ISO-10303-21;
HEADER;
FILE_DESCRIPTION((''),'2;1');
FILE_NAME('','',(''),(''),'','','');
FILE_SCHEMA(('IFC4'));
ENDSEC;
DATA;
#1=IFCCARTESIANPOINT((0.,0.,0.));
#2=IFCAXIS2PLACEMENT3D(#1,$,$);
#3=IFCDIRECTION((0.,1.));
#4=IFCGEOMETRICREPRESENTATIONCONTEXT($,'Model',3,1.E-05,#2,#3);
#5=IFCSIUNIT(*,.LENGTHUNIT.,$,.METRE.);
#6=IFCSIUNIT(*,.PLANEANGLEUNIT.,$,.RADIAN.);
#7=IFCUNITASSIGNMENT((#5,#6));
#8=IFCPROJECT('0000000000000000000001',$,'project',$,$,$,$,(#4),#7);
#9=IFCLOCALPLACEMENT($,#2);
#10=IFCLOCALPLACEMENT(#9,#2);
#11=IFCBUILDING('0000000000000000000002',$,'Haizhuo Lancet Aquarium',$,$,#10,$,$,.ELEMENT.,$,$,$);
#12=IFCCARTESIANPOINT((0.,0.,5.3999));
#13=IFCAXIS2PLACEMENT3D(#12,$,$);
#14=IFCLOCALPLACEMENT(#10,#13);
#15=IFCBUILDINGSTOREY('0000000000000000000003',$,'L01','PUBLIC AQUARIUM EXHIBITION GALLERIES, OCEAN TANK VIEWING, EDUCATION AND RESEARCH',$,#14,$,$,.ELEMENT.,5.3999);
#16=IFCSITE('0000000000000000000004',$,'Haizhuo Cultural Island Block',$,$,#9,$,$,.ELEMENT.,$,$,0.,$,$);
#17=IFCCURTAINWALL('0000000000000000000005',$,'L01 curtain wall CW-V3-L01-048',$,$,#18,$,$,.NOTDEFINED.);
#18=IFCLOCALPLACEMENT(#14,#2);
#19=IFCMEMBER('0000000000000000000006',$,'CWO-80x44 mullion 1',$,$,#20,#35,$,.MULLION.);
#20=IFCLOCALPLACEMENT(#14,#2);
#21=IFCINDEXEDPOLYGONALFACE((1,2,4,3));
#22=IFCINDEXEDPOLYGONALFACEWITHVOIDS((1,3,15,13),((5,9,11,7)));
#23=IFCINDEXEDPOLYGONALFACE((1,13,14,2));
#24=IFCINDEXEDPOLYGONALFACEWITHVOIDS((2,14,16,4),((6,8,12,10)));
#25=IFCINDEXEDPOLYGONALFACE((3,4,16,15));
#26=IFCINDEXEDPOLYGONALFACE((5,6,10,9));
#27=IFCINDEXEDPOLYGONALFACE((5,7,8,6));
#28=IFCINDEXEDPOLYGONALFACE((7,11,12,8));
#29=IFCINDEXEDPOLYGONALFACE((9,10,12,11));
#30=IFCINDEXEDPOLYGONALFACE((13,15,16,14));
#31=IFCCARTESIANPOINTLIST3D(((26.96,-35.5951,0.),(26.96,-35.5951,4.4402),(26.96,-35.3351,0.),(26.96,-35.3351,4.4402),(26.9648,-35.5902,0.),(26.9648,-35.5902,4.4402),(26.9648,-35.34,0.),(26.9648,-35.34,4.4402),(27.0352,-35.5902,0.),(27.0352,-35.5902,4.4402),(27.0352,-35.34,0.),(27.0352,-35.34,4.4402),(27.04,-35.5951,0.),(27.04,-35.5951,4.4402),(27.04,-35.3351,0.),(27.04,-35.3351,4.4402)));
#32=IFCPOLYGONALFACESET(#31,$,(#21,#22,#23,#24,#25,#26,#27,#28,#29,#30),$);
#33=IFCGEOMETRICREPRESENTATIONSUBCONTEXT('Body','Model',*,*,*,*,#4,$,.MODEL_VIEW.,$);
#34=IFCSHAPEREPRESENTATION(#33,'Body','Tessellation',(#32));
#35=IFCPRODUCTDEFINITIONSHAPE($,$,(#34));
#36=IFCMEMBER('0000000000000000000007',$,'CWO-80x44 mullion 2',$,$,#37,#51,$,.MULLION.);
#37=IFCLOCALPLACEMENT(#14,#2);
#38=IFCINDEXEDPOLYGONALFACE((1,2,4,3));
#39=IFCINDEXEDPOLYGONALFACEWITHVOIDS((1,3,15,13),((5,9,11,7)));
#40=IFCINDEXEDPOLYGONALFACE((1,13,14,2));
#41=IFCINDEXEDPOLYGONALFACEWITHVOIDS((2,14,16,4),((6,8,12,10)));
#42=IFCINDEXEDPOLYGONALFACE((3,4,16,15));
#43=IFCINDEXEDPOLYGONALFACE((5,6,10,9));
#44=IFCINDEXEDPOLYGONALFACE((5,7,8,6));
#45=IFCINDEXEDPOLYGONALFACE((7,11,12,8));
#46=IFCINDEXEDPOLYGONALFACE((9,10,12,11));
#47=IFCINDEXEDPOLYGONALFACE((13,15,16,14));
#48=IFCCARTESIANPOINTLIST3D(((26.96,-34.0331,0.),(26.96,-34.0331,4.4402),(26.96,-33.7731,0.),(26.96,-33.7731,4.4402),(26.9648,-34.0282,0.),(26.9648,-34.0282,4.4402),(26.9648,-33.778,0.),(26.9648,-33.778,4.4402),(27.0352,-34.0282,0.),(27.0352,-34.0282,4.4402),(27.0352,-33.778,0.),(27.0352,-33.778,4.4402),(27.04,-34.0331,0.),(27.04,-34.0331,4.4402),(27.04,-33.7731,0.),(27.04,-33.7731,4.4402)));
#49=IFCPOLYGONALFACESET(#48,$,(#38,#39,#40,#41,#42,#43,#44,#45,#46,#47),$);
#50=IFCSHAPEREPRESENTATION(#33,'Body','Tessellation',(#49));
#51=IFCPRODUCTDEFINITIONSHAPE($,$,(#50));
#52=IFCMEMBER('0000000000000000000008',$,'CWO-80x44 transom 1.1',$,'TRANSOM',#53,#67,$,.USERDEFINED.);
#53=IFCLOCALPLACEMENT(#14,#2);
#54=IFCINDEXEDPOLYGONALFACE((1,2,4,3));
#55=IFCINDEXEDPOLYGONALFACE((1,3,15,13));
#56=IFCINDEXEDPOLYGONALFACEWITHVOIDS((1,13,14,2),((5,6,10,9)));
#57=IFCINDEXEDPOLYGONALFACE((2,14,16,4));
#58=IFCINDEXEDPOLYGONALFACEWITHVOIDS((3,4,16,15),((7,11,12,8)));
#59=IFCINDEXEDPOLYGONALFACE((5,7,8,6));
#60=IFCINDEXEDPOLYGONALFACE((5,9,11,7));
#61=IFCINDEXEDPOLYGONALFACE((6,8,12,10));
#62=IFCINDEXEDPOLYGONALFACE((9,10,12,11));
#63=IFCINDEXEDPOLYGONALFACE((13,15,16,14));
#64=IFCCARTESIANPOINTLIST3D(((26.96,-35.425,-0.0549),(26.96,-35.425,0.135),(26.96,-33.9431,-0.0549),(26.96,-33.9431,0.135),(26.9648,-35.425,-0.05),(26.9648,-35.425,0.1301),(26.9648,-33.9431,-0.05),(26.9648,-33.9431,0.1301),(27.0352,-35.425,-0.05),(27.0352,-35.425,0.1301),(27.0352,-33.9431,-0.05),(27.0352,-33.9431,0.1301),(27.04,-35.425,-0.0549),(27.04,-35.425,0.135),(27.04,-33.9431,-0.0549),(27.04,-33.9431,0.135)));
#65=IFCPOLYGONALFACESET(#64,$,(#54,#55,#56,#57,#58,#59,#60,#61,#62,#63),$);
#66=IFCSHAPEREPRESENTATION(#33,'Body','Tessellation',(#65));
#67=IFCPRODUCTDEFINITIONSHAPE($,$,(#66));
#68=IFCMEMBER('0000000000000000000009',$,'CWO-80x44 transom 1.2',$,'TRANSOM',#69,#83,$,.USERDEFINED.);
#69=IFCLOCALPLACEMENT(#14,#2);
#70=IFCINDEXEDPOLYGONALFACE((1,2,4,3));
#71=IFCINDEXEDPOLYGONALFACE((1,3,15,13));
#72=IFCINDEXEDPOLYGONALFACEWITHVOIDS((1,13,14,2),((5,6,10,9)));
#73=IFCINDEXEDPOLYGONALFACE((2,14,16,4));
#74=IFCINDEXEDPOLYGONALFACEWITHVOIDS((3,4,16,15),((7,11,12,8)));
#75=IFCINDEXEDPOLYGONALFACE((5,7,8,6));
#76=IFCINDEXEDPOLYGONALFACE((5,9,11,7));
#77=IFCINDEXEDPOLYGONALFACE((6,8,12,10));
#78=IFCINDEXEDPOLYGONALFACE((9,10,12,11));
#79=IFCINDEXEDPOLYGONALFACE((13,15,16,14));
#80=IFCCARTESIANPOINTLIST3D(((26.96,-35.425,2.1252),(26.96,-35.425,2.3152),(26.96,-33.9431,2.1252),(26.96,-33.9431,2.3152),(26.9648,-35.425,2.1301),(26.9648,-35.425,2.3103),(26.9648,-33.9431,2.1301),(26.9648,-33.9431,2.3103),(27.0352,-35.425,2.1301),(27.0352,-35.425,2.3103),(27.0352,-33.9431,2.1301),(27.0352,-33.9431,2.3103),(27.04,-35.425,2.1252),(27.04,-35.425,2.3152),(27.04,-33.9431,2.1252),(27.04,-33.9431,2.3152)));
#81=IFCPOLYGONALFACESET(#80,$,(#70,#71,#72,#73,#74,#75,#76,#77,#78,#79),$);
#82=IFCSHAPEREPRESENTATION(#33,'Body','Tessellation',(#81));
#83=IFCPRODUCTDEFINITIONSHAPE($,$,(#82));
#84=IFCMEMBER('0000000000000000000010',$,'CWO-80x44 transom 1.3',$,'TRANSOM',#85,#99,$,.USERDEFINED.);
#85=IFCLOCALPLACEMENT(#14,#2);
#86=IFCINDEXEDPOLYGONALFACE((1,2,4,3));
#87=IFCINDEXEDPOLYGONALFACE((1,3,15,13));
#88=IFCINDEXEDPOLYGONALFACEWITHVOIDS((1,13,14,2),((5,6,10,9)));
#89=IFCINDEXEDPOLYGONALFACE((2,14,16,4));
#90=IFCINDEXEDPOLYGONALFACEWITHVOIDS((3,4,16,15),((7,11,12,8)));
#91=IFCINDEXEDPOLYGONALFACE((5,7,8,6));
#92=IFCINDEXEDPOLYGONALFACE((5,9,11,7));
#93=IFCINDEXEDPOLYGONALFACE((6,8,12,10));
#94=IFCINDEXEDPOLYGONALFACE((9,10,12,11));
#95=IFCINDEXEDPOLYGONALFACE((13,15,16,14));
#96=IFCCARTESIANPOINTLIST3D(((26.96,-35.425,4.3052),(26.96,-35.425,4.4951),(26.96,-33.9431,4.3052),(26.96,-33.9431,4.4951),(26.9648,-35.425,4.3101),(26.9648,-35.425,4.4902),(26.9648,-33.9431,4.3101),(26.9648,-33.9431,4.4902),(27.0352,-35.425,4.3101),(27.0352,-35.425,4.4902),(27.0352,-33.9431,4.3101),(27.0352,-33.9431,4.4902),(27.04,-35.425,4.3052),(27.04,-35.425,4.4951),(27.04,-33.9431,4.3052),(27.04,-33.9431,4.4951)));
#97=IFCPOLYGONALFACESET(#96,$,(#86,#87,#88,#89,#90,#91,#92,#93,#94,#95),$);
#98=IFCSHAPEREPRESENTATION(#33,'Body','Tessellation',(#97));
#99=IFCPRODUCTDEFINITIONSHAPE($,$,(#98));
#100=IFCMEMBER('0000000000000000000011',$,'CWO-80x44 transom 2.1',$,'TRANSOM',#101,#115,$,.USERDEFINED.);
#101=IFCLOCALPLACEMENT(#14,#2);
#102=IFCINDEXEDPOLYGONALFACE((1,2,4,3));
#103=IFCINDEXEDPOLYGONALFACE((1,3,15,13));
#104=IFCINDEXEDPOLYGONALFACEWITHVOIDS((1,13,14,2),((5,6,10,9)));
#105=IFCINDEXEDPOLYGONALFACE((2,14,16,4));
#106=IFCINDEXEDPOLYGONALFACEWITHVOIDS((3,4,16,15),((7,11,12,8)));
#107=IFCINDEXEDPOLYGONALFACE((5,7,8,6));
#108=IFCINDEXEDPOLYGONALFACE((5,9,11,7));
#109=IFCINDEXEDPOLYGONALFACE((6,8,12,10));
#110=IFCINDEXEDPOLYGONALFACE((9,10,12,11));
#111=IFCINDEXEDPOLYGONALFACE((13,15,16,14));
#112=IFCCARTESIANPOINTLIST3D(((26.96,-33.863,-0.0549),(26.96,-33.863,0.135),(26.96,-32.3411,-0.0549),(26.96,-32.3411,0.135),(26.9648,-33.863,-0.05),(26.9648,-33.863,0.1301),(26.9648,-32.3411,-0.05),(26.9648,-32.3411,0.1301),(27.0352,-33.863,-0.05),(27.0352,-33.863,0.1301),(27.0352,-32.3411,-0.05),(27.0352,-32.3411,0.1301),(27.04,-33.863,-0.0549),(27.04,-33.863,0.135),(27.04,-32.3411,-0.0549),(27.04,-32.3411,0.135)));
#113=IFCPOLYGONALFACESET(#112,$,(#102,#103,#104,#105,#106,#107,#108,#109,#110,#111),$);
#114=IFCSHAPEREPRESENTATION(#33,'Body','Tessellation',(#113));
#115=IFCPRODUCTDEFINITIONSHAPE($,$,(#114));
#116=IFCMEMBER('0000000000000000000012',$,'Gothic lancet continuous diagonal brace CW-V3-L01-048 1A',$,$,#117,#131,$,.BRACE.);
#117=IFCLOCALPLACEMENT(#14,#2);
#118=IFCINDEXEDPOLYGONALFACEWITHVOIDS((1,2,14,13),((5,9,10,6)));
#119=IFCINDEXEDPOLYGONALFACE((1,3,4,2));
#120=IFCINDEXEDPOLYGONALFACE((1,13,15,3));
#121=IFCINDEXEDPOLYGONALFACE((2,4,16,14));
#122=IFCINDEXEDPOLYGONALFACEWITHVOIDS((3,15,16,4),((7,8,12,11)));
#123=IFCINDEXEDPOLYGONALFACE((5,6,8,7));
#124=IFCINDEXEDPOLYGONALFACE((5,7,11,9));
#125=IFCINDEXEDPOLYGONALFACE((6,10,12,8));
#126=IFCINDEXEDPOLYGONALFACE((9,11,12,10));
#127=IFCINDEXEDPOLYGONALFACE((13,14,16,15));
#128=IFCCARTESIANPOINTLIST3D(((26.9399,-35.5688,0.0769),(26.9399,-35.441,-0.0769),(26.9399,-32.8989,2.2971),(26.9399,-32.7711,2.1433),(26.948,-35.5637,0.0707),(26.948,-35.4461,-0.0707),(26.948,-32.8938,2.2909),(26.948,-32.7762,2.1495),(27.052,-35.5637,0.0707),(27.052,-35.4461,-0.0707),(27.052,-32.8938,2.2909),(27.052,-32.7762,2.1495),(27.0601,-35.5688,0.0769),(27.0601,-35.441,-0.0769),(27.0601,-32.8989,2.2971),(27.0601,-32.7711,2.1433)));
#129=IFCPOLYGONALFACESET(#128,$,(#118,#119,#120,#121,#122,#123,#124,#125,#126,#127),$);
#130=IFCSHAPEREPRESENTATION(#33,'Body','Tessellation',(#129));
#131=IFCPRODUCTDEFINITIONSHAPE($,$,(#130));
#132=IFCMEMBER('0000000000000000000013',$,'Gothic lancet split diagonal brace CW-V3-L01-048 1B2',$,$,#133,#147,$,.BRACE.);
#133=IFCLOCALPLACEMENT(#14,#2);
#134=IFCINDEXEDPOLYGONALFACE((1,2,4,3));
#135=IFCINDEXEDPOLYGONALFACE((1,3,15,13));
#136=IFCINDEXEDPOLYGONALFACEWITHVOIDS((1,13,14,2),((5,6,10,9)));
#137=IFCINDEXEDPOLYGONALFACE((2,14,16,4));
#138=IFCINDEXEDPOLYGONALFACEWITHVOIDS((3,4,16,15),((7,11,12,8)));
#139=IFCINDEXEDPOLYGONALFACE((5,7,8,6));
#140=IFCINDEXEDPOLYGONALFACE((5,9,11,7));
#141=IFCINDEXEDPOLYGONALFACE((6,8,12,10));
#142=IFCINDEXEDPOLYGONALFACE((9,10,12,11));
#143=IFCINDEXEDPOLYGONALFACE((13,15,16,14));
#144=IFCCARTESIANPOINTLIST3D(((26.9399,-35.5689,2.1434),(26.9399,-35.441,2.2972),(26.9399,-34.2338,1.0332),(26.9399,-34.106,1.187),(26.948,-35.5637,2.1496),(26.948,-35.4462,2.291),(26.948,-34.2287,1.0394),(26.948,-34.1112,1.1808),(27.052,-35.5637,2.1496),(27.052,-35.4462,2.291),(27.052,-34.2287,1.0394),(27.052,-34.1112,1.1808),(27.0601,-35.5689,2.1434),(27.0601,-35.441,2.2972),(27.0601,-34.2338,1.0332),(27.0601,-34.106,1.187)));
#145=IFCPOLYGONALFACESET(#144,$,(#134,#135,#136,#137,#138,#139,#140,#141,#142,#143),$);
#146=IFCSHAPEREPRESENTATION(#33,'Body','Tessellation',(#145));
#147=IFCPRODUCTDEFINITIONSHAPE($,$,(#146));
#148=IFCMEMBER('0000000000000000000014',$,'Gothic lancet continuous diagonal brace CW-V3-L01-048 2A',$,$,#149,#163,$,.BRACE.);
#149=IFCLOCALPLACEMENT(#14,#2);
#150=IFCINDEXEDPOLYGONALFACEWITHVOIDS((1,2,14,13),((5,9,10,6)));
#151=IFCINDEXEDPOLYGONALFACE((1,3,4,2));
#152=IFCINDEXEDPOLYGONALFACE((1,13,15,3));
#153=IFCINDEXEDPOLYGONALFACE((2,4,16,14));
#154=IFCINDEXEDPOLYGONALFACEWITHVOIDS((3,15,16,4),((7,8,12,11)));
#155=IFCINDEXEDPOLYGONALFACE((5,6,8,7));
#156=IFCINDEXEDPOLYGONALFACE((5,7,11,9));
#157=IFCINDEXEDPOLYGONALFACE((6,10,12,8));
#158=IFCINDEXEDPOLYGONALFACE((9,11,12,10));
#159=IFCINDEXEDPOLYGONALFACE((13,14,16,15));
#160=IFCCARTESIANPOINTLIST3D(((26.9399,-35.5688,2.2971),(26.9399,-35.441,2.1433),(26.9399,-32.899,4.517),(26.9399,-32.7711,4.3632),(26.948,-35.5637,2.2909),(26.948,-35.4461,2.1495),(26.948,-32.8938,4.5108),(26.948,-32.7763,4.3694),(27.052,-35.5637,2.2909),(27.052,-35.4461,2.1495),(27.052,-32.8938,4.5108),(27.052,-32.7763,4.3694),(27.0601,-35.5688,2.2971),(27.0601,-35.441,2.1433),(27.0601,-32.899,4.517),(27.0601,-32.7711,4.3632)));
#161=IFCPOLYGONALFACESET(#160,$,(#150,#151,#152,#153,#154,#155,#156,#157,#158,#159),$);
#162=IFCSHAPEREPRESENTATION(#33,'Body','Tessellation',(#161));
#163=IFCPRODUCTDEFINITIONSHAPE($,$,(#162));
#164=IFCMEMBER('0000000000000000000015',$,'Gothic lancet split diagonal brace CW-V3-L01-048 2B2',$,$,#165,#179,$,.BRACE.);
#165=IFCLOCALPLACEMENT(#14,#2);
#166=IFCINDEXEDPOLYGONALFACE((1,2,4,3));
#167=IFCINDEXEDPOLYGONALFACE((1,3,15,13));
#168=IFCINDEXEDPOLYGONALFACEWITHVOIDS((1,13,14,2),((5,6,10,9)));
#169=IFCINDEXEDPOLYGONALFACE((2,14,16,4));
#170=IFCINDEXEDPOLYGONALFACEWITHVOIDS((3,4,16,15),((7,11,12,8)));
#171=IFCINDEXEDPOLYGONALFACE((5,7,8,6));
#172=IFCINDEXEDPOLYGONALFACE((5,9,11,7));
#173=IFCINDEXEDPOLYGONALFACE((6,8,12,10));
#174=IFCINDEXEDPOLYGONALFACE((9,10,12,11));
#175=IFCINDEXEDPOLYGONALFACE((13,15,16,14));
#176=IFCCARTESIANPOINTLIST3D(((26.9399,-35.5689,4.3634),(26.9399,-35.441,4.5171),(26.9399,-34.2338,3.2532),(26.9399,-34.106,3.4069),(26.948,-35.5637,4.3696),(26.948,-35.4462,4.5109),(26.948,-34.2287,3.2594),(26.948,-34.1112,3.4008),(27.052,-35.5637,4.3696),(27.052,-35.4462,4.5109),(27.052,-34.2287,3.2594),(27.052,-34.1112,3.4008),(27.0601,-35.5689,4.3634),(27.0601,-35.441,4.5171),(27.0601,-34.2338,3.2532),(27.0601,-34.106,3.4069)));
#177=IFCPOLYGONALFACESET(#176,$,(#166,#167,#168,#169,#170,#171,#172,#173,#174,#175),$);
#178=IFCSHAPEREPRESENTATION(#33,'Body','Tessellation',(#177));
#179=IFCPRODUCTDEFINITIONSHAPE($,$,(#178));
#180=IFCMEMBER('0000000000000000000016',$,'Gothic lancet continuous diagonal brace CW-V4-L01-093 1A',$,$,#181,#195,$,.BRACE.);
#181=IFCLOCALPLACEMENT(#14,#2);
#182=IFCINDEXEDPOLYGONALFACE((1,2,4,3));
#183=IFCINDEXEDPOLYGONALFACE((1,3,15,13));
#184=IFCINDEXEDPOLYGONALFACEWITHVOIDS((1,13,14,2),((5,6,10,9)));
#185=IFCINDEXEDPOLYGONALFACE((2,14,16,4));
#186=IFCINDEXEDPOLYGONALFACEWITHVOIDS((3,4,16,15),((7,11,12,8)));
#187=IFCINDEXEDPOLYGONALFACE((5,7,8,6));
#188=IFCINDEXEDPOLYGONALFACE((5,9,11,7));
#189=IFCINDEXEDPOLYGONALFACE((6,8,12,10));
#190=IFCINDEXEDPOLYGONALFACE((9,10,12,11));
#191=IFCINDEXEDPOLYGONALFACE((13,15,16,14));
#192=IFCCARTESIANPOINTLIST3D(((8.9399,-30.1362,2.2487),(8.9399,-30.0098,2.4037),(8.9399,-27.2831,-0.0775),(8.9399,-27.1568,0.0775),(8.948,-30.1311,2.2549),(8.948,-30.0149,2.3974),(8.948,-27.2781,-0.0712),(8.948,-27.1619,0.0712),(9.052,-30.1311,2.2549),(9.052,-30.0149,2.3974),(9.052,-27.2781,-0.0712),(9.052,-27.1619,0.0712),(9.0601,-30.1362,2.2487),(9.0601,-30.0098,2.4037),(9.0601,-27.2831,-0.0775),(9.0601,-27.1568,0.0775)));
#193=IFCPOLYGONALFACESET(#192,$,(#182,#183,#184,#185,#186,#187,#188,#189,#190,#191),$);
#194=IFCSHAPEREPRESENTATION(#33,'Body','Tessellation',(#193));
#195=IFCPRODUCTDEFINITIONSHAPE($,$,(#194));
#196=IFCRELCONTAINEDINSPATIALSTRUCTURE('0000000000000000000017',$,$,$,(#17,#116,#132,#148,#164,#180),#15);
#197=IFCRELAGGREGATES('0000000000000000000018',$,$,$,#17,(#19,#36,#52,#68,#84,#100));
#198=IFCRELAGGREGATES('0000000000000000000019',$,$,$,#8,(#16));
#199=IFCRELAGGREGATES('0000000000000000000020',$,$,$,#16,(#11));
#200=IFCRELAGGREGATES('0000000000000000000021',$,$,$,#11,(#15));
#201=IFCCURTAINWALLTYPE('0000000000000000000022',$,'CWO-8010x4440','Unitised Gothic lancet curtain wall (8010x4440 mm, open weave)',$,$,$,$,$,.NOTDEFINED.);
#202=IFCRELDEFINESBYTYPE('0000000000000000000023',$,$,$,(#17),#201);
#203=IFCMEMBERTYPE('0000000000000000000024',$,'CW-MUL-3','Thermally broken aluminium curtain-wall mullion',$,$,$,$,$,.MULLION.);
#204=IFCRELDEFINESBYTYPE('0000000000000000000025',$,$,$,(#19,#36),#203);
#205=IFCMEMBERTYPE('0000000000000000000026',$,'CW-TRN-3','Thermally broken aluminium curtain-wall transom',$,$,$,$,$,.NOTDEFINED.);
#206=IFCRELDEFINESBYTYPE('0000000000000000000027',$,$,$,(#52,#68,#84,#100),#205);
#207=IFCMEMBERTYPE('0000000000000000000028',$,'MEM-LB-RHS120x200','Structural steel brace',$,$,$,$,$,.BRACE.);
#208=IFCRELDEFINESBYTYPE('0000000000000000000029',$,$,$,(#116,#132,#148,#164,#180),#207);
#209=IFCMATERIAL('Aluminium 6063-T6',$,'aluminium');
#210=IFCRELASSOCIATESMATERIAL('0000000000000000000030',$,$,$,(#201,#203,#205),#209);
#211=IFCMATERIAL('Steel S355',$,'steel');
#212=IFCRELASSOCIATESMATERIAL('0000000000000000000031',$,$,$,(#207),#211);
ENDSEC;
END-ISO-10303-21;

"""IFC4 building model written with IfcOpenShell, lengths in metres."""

from ifc_helpers import new_model, si_unit, direction, frame, origin, origin_2d, place, context, subcontext, project, spatial, hollow_rectangle, extrude, material, material_profile, profile_set, type_object, element, aggregate, save


model = new_model("IFC4")

# Units and contexts
model_context = context("Model", 3, precision=1e-05, world=origin(), true_north=direction((0.0, 1.0)))
body_context = subcontext(model_context, "Body", "Model", "MODEL_VIEW")
ifc_project = project(units=[si_unit("LENGTHUNIT", "METRE"), si_unit("PLANEANGLEUNIT", "RADIAN")], contexts=[model_context])

# Site, building, storey
site_placement = place(None, origin())
site = spatial("IfcSite", under=ifc_project, at=site_placement, Name="Haizhuo Cultural Island Block", CompositionType="ELEMENT", RefElevation=0.0)
building_placement = place(site_placement, origin())
building = spatial("IfcBuilding", under=site, at=building_placement, Name="Haizhuo Lancet Aquarium", CompositionType="ELEMENT")
storey_placement = place(building_placement, frame((0.0, 0.0, 5.3999)))
storey = spatial("IfcBuildingStorey", under=building, at=storey_placement, Name="L01", Description="PUBLIC AQUARIUM EXHIBITION GALLERIES, OCEAN TANK VIEWING, EDUCATION AND RESEARCH", CompositionType="ELEMENT", Elevation=5.3999)

# Curtain wall, members
ifc_material_1 = material(Name="Aluminium 6063-T6", Category="aluminium")
curtain_wall_type = type_object("IfcCurtainWallType", Name="CWO-8010x4440", Description="Unitised Gothic lancet curtain wall (8010x4440 mm, open weave)", PredefinedType="NOTDEFINED", material=ifc_material_1)
curtain_wall_placement = place(storey_placement, origin())
curtain_wall = element("IfcCurtainWall", 1, at=curtain_wall_placement, inside=storey, type_object=curtain_wall_type, Name="L01 curtain wall CW-V3-L01-048", PredefinedType="NOTDEFINED")
ifc_material_profile_1 = material_profile(ifc_material_1, hollow_rectangle(XDim=0.0801, YDim=0.26, WallThickness=0.0049, at=origin_2d()), Name="ALU-M 80x260x5")
ifc_profile_set_1 = profile_set([ifc_material_profile_1], Name="Aluminium 6063-T6")
member_type_1 = type_object("IfcMemberType", Name="CW-MUL-3", Description="Thermally broken aluminium curtain-wall mullion", PredefinedType="MULLION", material=ifc_profile_set_1)
member_1_placement = place(storey_placement, frame((27.0, -35.4651, 0.0), z_axis=(0.0, 0.0, 1.0), x_axis=(-1.0, 0.0, 0.0)))
member_1 = element("IfcMember", 2, at=member_1_placement, type_object=member_type_1, Name="CWO-80x44 mullion 1", PredefinedType="MULLION", context=body_context, shape_type="SweptSolid", body=[
    extrude(hollow_rectangle(XDim=0.0801, YDim=0.26, WallThickness=0.0049, at=origin_2d()), origin(), (0.0, 0.0, 1.0), 4.4402),
])
member_2_placement = place(storey_placement, frame((27.0, -33.9031, 0.0), z_axis=(0.0, 0.0, 1.0), x_axis=(-1.0, 0.0, 0.0)))
member_2 = element("IfcMember", 3, at=member_2_placement, type_object=member_type_1, Name="CWO-80x44 mullion 2", PredefinedType="MULLION", context=body_context, shape_type="SweptSolid", body=[
    extrude(hollow_rectangle(XDim=0.0801, YDim=0.26, WallThickness=0.0049, at=origin_2d()), origin(), (0.0, 0.0, 1.0), 4.4402),
])
ifc_material_profile_2 = material_profile(ifc_material_1, hollow_rectangle(XDim=0.0801, YDim=0.1899, WallThickness=0.0049, at=origin_2d()), Name="ALU-T 80x190x5")
ifc_profile_set_2 = profile_set([ifc_material_profile_2], Name="Aluminium 6063-T6")
member_type_2 = type_object("IfcMemberType", Name="CW-TRN-3", Description="Thermally broken aluminium curtain-wall transom", PredefinedType="NOTDEFINED", material=ifc_profile_set_2)
member_3_placement = place(storey_placement, frame((27.0, -35.425, 0.04), z_axis=(0.0, 1.0, 0.0), x_axis=(-1.0, 0.0, 0.0)))
member_3 = element("IfcMember", 4, at=member_3_placement, type_object=member_type_2, Name="CWO-80x44 transom 1.1", ObjectType="TRANSOM", PredefinedType="USERDEFINED", context=body_context, shape_type="SweptSolid", body=[
    extrude(hollow_rectangle(XDim=0.0801, YDim=0.1899, WallThickness=0.0049, at=origin_2d()), origin(), (0.0, 0.0, 1.0), 1.4819),
])
member_4_placement = place(storey_placement, frame((27.0, -35.425, 2.2202), z_axis=(0.0, 1.0, 0.0), x_axis=(-1.0, 0.0, 0.0)))
member_4 = element("IfcMember", 5, at=member_4_placement, type_object=member_type_2, Name="CWO-80x44 transom 1.2", ObjectType="TRANSOM", PredefinedType="USERDEFINED", context=body_context, shape_type="SweptSolid", body=[
    extrude(hollow_rectangle(XDim=0.0801, YDim=0.1899, WallThickness=0.0049, at=origin_2d()), origin(), (0.0, 0.0, 1.0), 1.4819),
])
member_5_placement = place(storey_placement, frame((27.0, -35.425, 4.4001), z_axis=(0.0, 1.0, 0.0), x_axis=(-1.0, 0.0, 0.0)))
member_5 = element("IfcMember", 6, at=member_5_placement, type_object=member_type_2, Name="CWO-80x44 transom 1.3", ObjectType="TRANSOM", PredefinedType="USERDEFINED", context=body_context, shape_type="SweptSolid", body=[
    extrude(hollow_rectangle(XDim=0.0801, YDim=0.1899, WallThickness=0.0049, at=origin_2d()), origin(), (0.0, 0.0, 1.0), 1.4819),
])
member_6_placement = place(storey_placement, frame((27.0, -33.863, 0.04), z_axis=(0.0, 1.0, 0.0), x_axis=(-1.0, 0.0, 0.0)))
member_6 = element("IfcMember", 7, at=member_6_placement, type_object=member_type_2, Name="CWO-80x44 transom 2.1", ObjectType="TRANSOM", PredefinedType="USERDEFINED", context=body_context, shape_type="SweptSolid", body=[
    extrude(hollow_rectangle(XDim=0.0801, YDim=0.1899, WallThickness=0.0049, at=origin_2d()), origin(), (0.0, 0.0, 1.0), 1.522),
])

# Members
ifc_material_2 = material(Name="Steel S355", Category="steel")
ifc_material_profile_3 = material_profile(ifc_material_2, hollow_rectangle(XDim=0.1201, YDim=0.2, WallThickness=0.0081, at=origin_2d()), Name="RHS 120x200x8")
ifc_profile_set_3 = profile_set([ifc_material_profile_3], Name="Steel S355")
member_type_3 = type_object("IfcMemberType", Name="MEM-LB-RHS120x200", Description="Structural steel brace", PredefinedType="BRACE", material=ifc_profile_set_3)
member_7_placement = place(storey_placement, frame((27.0, -35.5049, 0.0), z_axis=(0.0, 0.768889, 0.639382), x_axis=(-1.0, 0.0, 0.0)))
element("IfcMember", 8, at=member_7_placement, inside=storey, type_object=member_type_3, Name="Gothic lancet continuous diagonal brace CW-V3-L01-048 1A", PredefinedType="BRACE", context=body_context, shape_type="SweptSolid", body=[
    extrude(hollow_rectangle(XDim=0.1201, YDim=0.2, WallThickness=0.0081, at=origin_2d()), origin(), (0.0, 0.0, 1.0), 3.4724),
])
member_8_placement = place(storey_placement, frame((27.0, -34.1699, 1.1101), z_axis=(0.0, -0.768889, 0.639382), x_axis=(1.0, 0.0, 0.0)))
element("IfcMember", 9, at=member_8_placement, inside=storey, type_object=member_type_3, Name="Gothic lancet split diagonal brace CW-V3-L01-048 1B2", PredefinedType="BRACE", context=body_context, shape_type="SweptSolid", body=[
    extrude(hollow_rectangle(XDim=0.1201, YDim=0.2, WallThickness=0.0081, at=origin_2d()), origin(), (0.0, 0.0, 1.0), 1.7363),
])
member_9_placement = place(storey_placement, frame((27.0, -35.5049, 2.2202), z_axis=(0.0, 0.768924, 0.63934), x_axis=(-1.0, 0.0, 0.0)))
element("IfcMember", 10, at=member_9_placement, inside=storey, type_object=member_type_3, Name="Gothic lancet continuous diagonal brace CW-V3-L01-048 2A", PredefinedType="BRACE", context=body_context, shape_type="SweptSolid", body=[
    extrude(hollow_rectangle(XDim=0.1201, YDim=0.2, WallThickness=0.0081, at=origin_2d()), origin(), (0.0, 0.0, 1.0), 3.4722),
])
member_10_placement = place(storey_placement, frame((27.0, -34.1699, 3.3301), z_axis=(0.0, -0.768889, 0.639382), x_axis=(1.0, 0.0, 0.0)))
element("IfcMember", 11, at=member_10_placement, inside=storey, type_object=member_type_3, Name="Gothic lancet split diagonal brace CW-V3-L01-048 2B2", PredefinedType="BRACE", context=body_context, shape_type="SweptSolid", body=[
    extrude(hollow_rectangle(XDim=0.1201, YDim=0.2, WallThickness=0.0081, at=origin_2d()), origin(), (0.0, 0.0, 1.0), 1.7363),
])
member_11_placement = place(storey_placement, frame((9.0, -27.22, 0.0), z_axis=(0.0, -0.775038, 0.631915), x_axis=(1.0, 0.0, 0.0)))
element("IfcMember", 12, at=member_11_placement, inside=storey, type_object=member_type_3, Name="Gothic lancet continuous diagonal brace CW-V4-L01-093 1A", PredefinedType="BRACE", context=body_context, shape_type="SweptSolid", body=[
    extrude(hollow_rectangle(XDim=0.1201, YDim=0.2, WallThickness=0.0081, at=origin_2d()), origin(), (0.0, 0.0, 1.0), 3.6812),
])

aggregate(curtain_wall, [member_1, member_2, member_3, member_4, member_5, member_6])

save(model, "model.ifc")
